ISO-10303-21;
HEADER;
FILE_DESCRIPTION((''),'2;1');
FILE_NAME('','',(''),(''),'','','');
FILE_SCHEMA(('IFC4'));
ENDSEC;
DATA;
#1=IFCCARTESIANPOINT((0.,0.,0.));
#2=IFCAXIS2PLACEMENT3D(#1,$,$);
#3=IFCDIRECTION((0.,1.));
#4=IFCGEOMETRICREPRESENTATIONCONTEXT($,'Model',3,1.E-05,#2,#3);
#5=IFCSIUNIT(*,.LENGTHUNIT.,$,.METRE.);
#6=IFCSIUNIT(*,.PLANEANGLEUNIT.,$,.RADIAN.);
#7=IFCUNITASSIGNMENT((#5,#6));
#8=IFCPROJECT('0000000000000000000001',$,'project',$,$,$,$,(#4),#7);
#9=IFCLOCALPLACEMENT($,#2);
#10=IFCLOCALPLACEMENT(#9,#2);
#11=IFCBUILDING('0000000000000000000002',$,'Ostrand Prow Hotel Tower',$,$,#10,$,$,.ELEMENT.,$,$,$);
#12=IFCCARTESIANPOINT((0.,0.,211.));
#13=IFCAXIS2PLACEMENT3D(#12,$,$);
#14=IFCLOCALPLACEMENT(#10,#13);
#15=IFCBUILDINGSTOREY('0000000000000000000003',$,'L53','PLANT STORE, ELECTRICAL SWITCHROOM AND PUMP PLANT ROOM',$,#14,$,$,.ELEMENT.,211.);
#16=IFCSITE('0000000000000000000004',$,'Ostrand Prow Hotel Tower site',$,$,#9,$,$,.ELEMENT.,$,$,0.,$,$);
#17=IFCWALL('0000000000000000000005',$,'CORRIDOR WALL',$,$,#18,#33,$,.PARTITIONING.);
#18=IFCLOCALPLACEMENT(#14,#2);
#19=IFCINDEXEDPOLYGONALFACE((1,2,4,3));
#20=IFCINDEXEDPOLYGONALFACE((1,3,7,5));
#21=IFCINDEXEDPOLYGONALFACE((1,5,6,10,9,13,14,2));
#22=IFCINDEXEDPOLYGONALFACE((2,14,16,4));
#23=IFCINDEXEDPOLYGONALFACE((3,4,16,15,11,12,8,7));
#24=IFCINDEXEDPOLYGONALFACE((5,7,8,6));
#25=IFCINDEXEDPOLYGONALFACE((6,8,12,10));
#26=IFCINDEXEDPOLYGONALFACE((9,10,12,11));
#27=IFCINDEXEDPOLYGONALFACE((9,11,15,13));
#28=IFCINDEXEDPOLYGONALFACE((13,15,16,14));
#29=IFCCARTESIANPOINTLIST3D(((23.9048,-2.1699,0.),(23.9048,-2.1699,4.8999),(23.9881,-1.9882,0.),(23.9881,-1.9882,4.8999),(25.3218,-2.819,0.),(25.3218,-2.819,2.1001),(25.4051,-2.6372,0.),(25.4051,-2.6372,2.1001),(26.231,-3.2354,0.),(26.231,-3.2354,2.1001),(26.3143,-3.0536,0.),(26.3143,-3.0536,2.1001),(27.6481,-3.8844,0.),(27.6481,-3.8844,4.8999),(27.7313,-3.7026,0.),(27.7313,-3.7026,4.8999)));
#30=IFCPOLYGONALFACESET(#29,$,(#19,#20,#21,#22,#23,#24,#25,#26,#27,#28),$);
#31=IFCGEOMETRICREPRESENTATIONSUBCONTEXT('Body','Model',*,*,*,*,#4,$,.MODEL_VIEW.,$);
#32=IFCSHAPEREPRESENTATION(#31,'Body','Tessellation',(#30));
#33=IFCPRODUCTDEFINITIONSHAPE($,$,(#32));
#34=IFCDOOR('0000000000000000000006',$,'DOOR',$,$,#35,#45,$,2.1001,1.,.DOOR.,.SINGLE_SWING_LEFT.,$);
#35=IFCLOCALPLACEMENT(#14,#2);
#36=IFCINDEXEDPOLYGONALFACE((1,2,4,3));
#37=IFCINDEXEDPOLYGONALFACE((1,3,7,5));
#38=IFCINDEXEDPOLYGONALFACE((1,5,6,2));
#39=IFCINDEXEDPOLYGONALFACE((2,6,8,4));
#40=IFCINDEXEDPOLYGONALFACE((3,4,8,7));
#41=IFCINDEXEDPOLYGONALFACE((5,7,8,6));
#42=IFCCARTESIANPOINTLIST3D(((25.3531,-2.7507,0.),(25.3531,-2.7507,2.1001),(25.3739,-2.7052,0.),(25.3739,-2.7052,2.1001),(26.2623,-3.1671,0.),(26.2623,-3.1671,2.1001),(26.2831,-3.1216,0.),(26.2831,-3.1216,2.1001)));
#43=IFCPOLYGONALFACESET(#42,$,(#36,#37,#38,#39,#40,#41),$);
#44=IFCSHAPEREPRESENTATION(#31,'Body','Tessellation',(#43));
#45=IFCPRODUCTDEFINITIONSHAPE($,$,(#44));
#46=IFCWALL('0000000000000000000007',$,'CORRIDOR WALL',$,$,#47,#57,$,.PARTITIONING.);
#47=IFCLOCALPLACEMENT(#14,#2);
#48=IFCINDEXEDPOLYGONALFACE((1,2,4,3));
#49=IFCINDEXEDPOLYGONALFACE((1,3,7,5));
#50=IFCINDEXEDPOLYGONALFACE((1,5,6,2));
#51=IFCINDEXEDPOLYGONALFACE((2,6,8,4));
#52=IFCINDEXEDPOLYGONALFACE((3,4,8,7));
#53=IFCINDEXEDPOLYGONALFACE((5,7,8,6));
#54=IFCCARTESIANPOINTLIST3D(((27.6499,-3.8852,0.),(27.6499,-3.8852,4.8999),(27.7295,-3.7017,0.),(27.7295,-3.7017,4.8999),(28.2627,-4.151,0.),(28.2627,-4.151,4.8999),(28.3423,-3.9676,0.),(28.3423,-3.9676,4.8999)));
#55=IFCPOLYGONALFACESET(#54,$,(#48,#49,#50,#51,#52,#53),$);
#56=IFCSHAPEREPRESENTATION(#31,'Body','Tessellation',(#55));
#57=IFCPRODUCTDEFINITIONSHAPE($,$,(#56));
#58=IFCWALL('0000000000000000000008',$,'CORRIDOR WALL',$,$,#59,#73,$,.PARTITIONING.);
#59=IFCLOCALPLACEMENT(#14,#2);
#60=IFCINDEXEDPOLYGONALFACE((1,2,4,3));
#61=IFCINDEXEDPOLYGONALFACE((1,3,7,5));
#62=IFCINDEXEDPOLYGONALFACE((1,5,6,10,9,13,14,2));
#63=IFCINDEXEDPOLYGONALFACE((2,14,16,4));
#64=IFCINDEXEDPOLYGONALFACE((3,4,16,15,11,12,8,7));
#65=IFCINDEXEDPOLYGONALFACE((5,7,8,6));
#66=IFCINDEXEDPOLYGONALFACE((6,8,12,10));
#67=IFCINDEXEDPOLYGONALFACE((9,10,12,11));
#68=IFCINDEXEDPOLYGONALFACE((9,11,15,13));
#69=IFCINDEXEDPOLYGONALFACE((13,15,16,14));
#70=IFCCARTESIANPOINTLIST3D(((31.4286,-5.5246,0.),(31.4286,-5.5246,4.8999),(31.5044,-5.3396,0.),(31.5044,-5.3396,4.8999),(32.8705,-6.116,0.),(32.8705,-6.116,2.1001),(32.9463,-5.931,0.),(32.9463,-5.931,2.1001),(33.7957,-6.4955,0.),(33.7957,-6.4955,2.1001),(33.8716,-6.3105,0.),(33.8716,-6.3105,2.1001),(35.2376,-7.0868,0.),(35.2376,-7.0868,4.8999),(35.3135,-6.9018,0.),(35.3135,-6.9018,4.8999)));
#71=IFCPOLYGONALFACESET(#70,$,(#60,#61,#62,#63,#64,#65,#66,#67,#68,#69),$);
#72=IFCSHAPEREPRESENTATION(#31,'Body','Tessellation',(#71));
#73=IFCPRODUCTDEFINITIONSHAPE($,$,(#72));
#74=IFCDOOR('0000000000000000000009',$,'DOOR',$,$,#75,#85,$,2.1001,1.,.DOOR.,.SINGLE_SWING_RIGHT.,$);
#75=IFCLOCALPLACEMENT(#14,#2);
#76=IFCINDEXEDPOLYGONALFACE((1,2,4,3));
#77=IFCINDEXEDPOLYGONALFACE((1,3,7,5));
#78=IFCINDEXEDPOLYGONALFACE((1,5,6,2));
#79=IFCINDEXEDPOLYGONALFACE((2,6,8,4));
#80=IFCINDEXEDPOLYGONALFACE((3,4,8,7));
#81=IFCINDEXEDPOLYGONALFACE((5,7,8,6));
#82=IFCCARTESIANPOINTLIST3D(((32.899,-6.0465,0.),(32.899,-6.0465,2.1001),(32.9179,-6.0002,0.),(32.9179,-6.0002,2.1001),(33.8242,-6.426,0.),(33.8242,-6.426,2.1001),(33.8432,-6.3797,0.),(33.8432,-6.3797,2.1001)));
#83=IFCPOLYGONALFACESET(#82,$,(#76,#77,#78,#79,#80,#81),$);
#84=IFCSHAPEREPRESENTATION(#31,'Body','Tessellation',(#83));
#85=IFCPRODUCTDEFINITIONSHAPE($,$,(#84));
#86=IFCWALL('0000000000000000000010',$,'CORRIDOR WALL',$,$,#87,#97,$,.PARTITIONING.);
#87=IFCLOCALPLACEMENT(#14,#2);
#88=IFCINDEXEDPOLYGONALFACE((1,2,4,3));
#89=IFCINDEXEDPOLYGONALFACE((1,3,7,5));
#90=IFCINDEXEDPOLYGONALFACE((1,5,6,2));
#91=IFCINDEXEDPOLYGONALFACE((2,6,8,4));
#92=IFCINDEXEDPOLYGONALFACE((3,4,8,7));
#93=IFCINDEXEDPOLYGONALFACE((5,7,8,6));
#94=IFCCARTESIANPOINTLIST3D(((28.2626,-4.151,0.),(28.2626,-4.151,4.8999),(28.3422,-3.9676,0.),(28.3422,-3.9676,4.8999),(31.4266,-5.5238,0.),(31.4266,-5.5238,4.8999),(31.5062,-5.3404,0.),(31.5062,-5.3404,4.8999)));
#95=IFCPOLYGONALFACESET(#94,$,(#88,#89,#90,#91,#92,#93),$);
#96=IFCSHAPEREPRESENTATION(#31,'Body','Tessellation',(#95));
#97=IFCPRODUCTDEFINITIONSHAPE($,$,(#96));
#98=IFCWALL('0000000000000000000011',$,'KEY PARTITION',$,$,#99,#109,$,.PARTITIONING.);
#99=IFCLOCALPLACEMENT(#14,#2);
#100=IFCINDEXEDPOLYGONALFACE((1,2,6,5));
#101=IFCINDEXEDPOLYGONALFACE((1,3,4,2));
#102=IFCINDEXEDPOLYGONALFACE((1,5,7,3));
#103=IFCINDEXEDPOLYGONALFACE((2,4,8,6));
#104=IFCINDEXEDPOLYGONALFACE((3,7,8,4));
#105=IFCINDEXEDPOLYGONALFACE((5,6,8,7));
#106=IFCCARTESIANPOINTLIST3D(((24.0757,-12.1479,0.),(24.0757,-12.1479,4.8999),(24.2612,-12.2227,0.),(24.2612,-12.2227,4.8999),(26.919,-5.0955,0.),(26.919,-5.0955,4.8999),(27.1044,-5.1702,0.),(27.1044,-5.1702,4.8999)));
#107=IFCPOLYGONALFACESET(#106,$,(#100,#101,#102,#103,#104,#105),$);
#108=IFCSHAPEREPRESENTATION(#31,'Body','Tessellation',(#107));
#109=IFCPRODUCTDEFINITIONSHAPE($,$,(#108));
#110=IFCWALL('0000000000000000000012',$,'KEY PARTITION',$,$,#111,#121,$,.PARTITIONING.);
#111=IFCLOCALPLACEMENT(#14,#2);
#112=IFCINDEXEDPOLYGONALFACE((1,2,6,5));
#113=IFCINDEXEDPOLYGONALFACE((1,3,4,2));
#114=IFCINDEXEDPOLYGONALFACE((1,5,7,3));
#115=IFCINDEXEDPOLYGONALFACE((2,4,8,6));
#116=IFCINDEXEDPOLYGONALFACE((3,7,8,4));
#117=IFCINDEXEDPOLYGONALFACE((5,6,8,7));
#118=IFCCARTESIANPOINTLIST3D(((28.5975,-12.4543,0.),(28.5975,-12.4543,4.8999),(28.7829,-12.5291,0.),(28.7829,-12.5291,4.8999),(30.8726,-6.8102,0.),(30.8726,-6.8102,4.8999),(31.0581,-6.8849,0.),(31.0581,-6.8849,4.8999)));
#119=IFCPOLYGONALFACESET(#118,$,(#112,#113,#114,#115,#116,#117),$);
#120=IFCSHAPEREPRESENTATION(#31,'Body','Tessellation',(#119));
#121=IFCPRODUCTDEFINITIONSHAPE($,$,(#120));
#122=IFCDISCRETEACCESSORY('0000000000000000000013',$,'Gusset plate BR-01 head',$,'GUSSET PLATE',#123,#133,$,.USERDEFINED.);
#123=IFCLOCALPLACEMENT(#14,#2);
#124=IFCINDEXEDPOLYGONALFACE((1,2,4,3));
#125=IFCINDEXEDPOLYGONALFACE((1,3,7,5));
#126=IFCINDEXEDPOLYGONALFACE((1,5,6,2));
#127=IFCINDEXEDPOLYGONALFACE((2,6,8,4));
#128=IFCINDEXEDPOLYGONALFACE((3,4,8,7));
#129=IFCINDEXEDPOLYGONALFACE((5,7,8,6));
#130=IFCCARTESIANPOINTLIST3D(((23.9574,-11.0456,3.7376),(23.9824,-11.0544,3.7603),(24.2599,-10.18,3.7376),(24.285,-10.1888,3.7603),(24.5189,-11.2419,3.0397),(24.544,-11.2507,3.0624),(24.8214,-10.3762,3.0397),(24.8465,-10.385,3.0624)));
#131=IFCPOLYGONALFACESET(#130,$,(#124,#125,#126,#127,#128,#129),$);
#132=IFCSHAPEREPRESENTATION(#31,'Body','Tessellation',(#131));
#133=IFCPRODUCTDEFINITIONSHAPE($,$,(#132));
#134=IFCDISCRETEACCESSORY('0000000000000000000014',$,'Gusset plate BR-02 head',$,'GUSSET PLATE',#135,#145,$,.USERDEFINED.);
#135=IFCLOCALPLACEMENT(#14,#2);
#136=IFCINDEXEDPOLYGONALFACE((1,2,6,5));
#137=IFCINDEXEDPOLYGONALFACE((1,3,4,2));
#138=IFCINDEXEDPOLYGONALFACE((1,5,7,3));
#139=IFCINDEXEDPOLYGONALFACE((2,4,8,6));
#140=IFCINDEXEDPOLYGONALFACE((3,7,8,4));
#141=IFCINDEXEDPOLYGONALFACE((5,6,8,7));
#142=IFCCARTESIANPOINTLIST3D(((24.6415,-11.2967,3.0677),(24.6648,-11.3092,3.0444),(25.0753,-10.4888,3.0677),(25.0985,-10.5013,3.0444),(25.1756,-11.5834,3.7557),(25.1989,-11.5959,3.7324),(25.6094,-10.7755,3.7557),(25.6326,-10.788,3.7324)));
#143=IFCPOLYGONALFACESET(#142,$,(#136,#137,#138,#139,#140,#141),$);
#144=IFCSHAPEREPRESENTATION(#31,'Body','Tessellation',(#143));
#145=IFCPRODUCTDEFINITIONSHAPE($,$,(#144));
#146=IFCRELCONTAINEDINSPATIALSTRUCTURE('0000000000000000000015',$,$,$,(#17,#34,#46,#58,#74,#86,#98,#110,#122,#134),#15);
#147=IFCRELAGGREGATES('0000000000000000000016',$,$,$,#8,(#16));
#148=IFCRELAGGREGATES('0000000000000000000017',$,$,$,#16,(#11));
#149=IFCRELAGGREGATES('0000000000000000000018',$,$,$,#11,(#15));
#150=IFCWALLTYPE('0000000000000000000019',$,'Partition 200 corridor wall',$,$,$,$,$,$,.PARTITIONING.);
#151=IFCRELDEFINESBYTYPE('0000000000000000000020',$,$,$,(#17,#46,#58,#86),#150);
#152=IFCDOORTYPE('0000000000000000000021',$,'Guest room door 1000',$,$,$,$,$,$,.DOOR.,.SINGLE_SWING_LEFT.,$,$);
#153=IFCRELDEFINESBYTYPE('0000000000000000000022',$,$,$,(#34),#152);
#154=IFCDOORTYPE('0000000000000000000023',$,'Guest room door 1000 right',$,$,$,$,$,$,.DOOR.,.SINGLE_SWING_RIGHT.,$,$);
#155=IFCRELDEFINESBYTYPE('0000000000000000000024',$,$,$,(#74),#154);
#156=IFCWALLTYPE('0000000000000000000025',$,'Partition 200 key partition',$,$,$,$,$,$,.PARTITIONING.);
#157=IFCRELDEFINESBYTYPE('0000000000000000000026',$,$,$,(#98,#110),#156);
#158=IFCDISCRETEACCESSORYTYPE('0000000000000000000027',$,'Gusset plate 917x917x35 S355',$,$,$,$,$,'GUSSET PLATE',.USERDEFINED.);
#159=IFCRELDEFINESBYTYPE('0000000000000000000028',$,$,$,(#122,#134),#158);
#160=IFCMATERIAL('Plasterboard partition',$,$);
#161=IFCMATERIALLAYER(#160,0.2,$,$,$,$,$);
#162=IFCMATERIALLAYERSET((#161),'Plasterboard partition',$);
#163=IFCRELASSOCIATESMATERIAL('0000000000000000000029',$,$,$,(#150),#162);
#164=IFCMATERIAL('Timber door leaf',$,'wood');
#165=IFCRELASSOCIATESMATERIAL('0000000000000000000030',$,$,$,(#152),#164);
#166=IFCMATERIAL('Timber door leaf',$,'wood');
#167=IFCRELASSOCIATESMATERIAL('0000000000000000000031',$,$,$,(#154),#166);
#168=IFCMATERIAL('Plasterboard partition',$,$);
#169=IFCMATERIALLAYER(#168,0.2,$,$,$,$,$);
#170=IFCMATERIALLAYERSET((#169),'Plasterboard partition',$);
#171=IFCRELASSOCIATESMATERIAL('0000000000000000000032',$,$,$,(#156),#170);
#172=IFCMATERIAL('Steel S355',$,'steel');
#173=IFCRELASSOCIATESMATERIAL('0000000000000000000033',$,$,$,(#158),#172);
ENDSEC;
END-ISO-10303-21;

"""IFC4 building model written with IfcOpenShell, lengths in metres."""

from ifc_helpers import new_model, si_unit, direction, frame, frame_2d, origin, origin_2d, place, context, subcontext, project, spatial, rectangle, extrude, material, layer, layer_set, material_profile, profile_set, type_object, element, fill, save


model = new_model("IFC4")

# Units and contexts
model_context = context("Model", 3, precision=1e-05, world=origin(), true_north=direction((0.0, 1.0)))
body_context = subcontext(model_context, "Body", "Model", "MODEL_VIEW")
ifc_project = project(units=[si_unit("LENGTHUNIT", "METRE"), si_unit("PLANEANGLEUNIT", "RADIAN")], contexts=[model_context])

# Site, building, storey
site_placement = place(None, origin())
site = spatial("IfcSite", under=ifc_project, at=site_placement, Name="Ostrand Prow Hotel Tower site", CompositionType="ELEMENT", RefElevation=0.0)
building_placement = place(site_placement, origin())
building = spatial("IfcBuilding", under=site, at=building_placement, Name="Ostrand Prow Hotel Tower", CompositionType="ELEMENT")
storey_placement = place(building_placement, frame((0.0, 0.0, 211.0)))
storey = spatial("IfcBuildingStorey", under=building, at=storey_placement, Name="L53", Description="PLANT STORE, ELECTRICAL SWITCHROOM AND PUMP PLANT ROOM", CompositionType="ELEMENT", Elevation=211.0)

# Wall, opening, door
ifc_material_1 = material(Name="Plasterboard partition")
ifc_layer_1 = layer(ifc_material_1, 0.2)
ifc_layer_set_1 = layer_set([ifc_layer_1], Name="Plasterboard partition")
wall_type_1 = type_object("IfcWallType", Name="Partition 200 corridor wall", PredefinedType="PARTITIONING", material=ifc_layer_set_1)
ifc_material_2 = material(Name="Timber door leaf", Category="wood")
door_type_1 = type_object("IfcDoorType", Name="Guest room door 1000", OperationType="SINGLE_SWING_LEFT", PredefinedType="DOOR", material=ifc_material_2)
ifc_material_3 = material(Name="Timber door leaf", Category="wood")
door_type_2 = type_object("IfcDoorType", Name="Guest room door 1000 right", OperationType="SINGLE_SWING_RIGHT", PredefinedType="DOOR", material=ifc_material_3)
wall_1_placement = place(storey_placement, frame((27.6897, -3.7935, 0.0), z_axis=(0.0, 0.0, 1.0), x_axis=(-0.909181, 0.416402, 0.0)))
wall_1 = element("IfcWall", 1, at=wall_1_placement, inside=storey, type_object=wall_type_1, Name="CORRIDOR WALL", PredefinedType="PARTITIONING", context=body_context, shape_type="SweptSolid", body=[
    extrude(rectangle(XDim=4.1172, YDim=0.2, at=frame_2d((2.0586, 0.0))), origin(), (0.0, 0.0, 1.0), 4.8999),
])
opening_1_placement = place(wall_1_placement, frame((1.5586, 0.0, 0.0)))
opening_1 = element("IfcOpeningElement", 2, at=opening_1_placement, cuts=wall_1, PredefinedType="OPENING", context=body_context, shape_type="SweptSolid", body=[
    extrude(rectangle(XDim=1.0, YDim=2.1001, at=frame_2d((0.5, 1.05))), frame((0.0, 0.1099, 0.0), z_axis=(0.0, -1.0, 0.0), x_axis=(1.0, 0.0, 0.0)), (0.0, 0.0, 1.0), 0.22),
])
door_1_placement = place(opening_1_placement, origin())
door_1 = element("IfcDoor", 3, at=door_1_placement, inside=storey, type_object=door_type_1, Name="DOOR", OperationType="SINGLE_SWING_LEFT", OverallHeight=2.1001, OverallWidth=1.0, PredefinedType="DOOR", context=body_context, shape_type="SweptSolid", body=[
    extrude(rectangle(XDim=1.0, YDim=2.1001, at=frame_2d((0.5, 1.05))), frame((0.0, 0.0249, 0.0), z_axis=(0.0, -1.0, 0.0), x_axis=(1.0, 0.0, 0.0)), (0.0, 0.0, 1.0), 0.05),
])
fill(opening_1, door_1)

# Wall
wall_2_placement = place(storey_placement, frame((28.3025, -4.0593, 0.0), z_axis=(0.0, 0.0, 1.0), x_axis=(-0.917378, 0.398018, 0.0)))
element("IfcWall", 4, at=wall_2_placement, inside=storey, type_object=wall_type_1, Name="CORRIDOR WALL", PredefinedType="PARTITIONING", context=body_context, shape_type="SweptSolid", body=[
    extrude(rectangle(XDim=0.668, YDim=0.2, at=frame_2d((0.334, 0.0))), origin(), (0.0, 0.0, 1.0), 4.8999),
])

# Wall, opening, door
wall_3_placement = place(storey_placement, frame((35.2756, -6.9944, 0.0), z_axis=(0.0, 0.0, 1.0), x_axis=(-0.925207, 0.379464, 0.0)))
wall_3 = element("IfcWall", 5, at=wall_3_placement, inside=storey, type_object=wall_type_1, Name="CORRIDOR WALL", PredefinedType="PARTITIONING", context=body_context, shape_type="SweptSolid", body=[
    extrude(rectangle(XDim=4.1169, YDim=0.2, at=frame_2d((2.0586, 0.0))), origin(), (0.0, 0.0, 1.0), 4.8999),
])
opening_2_placement = place(wall_3_placement, frame((1.5586, 0.0, 0.0)))
opening_2 = element("IfcOpeningElement", 6, at=opening_2_placement, cuts=wall_3, PredefinedType="OPENING", context=body_context, shape_type="SweptSolid", body=[
    extrude(rectangle(XDim=1.0, YDim=2.1001, at=frame_2d((0.5, 1.05))), frame((0.0, 0.1099, 0.0), z_axis=(0.0, -1.0, 0.0), x_axis=(1.0, 0.0, 0.0)), (0.0, 0.0, 1.0), 0.22),
])
door_2_placement = place(opening_2_placement, origin())
door_2 = element("IfcDoor", 7, at=door_2_placement, inside=storey, type_object=door_type_2, Name="DOOR", OperationType="SINGLE_SWING_RIGHT", OverallHeight=2.1001, OverallWidth=1.0, PredefinedType="DOOR", context=body_context, shape_type="SweptSolid", body=[
    extrude(rectangle(XDim=1.0, YDim=2.1001, at=frame_2d((0.5, 1.05))), frame((0.0, 0.0249, 0.0), z_axis=(0.0, -1.0, 0.0), x_axis=(1.0, 0.0, 0.0)), (0.0, 0.0, 1.0), 0.05),
])
fill(opening_2, door_2)

# Walls
wall_4_placement = place(storey_placement, frame((31.4666, -5.4321, 0.0), z_axis=(0.0, 0.0, 1.0), x_axis=(-0.917375, 0.398025, 0.0)))
element("IfcWall", 8, at=wall_4_placement, inside=storey, type_object=wall_type_1, Name="CORRIDOR WALL", PredefinedType="PARTITIONING", context=body_context, shape_type="SweptSolid", body=[
    extrude(rectangle(XDim=3.449, YDim=0.2, at=frame_2d((1.7246, 0.0))), origin(), (0.0, 0.0, 1.0), 4.8999),
])
ifc_material_4 = material(Name="Plasterboard partition")
ifc_layer_2 = layer(ifc_material_4, 0.2)
ifc_layer_set_2 = layer_set([ifc_layer_2], Name="Plasterboard partition")
wall_type_2 = type_object("IfcWallType", Name="Partition 200 key partition", PredefinedType="PARTITIONING", material=ifc_layer_set_2)
wall_5_placement = place(storey_placement, frame((24.1685, -12.1853, 0.0), z_axis=(0.0, 0.0, 1.0), x_axis=(0.373914, 0.927464, 0.0)))
element("IfcWall", 9, at=wall_5_placement, inside=storey, type_object=wall_type_2, Name="KEY PARTITION", PredefinedType="PARTITIONING", context=body_context, shape_type="SweptSolid", body=[
    extrude(rectangle(XDim=7.604, YDim=0.2, at=frame_2d((3.802, 0.0))), origin(), (0.0, 0.0, 1.0), 4.8999),
])
wall_6_placement = place(storey_placement, frame((28.6902, -12.4917, 0.0), z_axis=(0.0, 0.0, 1.0), x_axis=(0.373873, 0.92748, 0.0)))
element("IfcWall", 10, at=wall_6_placement, inside=storey, type_object=wall_type_2, Name="KEY PARTITION", PredefinedType="PARTITIONING", context=body_context, shape_type="SweptSolid", body=[
    extrude(rectangle(XDim=6.0854, YDim=0.2, at=frame_2d((3.0427, 0.0))), origin(), (0.0, 0.0, 1.0), 4.8999),
])

# Discrete accessories
ifc_material_5 = material(Name="Steel S355", Category="steel")
ifc_material_profile_1 = material_profile(ifc_material_5, rectangle(XDim=0.917, YDim=0.917, at=origin_2d()), Name="PL 917x917x35")
ifc_profile_set_1 = profile_set([ifc_material_profile_1], Name="Steel S355")
discrete_accessory_type = type_object("IfcDiscreteAccessoryType", Name="Gusset plate 917x917x35 S355", ElementType="GUSSET PLATE", PredefinedType="USERDEFINED", material=ifc_profile_set_1)
discrete_accessory_1_placement = place(storey_placement, frame((24.3894, -10.7109, 3.3887), z_axis=(0.718438, -0.251104, 0.648686), x_axis=(0.329942, 0.944001, 0.0)))
element("IfcDiscreteAccessory", 11, at=discrete_accessory_1_placement, inside=storey, type_object=discrete_accessory_type, Name="Gusset plate BR-01 head", ObjectType="GUSSET PLATE", PredefinedType="USERDEFINED", context=body_context, shape_type="SweptSolid", body=[
    extrude(rectangle(XDim=0.917, YDim=0.917, at=origin_2d()), origin(), (0.0, 0.0, 1.0), 0.0349),
])
discrete_accessory_2_placement = place(storey_placement, frame((25.1487, -11.0486, 3.3884), z_axis=(-0.661079, 0.354895, 0.661079), x_axis=(-0.472993, -0.881066, 0.0)))
element("IfcDiscreteAccessory", 12, at=discrete_accessory_2_placement, inside=storey, type_object=discrete_accessory_type, Name="Gusset plate BR-02 head", ObjectType="GUSSET PLATE", PredefinedType="USERDEFINED", context=body_context, shape_type="SweptSolid", body=[
    extrude(rectangle(XDim=0.917, YDim=0.917, at=origin_2d()), origin(), (0.0, 0.0, 1.0), 0.0352),
])

save(model, "model.ifc")
